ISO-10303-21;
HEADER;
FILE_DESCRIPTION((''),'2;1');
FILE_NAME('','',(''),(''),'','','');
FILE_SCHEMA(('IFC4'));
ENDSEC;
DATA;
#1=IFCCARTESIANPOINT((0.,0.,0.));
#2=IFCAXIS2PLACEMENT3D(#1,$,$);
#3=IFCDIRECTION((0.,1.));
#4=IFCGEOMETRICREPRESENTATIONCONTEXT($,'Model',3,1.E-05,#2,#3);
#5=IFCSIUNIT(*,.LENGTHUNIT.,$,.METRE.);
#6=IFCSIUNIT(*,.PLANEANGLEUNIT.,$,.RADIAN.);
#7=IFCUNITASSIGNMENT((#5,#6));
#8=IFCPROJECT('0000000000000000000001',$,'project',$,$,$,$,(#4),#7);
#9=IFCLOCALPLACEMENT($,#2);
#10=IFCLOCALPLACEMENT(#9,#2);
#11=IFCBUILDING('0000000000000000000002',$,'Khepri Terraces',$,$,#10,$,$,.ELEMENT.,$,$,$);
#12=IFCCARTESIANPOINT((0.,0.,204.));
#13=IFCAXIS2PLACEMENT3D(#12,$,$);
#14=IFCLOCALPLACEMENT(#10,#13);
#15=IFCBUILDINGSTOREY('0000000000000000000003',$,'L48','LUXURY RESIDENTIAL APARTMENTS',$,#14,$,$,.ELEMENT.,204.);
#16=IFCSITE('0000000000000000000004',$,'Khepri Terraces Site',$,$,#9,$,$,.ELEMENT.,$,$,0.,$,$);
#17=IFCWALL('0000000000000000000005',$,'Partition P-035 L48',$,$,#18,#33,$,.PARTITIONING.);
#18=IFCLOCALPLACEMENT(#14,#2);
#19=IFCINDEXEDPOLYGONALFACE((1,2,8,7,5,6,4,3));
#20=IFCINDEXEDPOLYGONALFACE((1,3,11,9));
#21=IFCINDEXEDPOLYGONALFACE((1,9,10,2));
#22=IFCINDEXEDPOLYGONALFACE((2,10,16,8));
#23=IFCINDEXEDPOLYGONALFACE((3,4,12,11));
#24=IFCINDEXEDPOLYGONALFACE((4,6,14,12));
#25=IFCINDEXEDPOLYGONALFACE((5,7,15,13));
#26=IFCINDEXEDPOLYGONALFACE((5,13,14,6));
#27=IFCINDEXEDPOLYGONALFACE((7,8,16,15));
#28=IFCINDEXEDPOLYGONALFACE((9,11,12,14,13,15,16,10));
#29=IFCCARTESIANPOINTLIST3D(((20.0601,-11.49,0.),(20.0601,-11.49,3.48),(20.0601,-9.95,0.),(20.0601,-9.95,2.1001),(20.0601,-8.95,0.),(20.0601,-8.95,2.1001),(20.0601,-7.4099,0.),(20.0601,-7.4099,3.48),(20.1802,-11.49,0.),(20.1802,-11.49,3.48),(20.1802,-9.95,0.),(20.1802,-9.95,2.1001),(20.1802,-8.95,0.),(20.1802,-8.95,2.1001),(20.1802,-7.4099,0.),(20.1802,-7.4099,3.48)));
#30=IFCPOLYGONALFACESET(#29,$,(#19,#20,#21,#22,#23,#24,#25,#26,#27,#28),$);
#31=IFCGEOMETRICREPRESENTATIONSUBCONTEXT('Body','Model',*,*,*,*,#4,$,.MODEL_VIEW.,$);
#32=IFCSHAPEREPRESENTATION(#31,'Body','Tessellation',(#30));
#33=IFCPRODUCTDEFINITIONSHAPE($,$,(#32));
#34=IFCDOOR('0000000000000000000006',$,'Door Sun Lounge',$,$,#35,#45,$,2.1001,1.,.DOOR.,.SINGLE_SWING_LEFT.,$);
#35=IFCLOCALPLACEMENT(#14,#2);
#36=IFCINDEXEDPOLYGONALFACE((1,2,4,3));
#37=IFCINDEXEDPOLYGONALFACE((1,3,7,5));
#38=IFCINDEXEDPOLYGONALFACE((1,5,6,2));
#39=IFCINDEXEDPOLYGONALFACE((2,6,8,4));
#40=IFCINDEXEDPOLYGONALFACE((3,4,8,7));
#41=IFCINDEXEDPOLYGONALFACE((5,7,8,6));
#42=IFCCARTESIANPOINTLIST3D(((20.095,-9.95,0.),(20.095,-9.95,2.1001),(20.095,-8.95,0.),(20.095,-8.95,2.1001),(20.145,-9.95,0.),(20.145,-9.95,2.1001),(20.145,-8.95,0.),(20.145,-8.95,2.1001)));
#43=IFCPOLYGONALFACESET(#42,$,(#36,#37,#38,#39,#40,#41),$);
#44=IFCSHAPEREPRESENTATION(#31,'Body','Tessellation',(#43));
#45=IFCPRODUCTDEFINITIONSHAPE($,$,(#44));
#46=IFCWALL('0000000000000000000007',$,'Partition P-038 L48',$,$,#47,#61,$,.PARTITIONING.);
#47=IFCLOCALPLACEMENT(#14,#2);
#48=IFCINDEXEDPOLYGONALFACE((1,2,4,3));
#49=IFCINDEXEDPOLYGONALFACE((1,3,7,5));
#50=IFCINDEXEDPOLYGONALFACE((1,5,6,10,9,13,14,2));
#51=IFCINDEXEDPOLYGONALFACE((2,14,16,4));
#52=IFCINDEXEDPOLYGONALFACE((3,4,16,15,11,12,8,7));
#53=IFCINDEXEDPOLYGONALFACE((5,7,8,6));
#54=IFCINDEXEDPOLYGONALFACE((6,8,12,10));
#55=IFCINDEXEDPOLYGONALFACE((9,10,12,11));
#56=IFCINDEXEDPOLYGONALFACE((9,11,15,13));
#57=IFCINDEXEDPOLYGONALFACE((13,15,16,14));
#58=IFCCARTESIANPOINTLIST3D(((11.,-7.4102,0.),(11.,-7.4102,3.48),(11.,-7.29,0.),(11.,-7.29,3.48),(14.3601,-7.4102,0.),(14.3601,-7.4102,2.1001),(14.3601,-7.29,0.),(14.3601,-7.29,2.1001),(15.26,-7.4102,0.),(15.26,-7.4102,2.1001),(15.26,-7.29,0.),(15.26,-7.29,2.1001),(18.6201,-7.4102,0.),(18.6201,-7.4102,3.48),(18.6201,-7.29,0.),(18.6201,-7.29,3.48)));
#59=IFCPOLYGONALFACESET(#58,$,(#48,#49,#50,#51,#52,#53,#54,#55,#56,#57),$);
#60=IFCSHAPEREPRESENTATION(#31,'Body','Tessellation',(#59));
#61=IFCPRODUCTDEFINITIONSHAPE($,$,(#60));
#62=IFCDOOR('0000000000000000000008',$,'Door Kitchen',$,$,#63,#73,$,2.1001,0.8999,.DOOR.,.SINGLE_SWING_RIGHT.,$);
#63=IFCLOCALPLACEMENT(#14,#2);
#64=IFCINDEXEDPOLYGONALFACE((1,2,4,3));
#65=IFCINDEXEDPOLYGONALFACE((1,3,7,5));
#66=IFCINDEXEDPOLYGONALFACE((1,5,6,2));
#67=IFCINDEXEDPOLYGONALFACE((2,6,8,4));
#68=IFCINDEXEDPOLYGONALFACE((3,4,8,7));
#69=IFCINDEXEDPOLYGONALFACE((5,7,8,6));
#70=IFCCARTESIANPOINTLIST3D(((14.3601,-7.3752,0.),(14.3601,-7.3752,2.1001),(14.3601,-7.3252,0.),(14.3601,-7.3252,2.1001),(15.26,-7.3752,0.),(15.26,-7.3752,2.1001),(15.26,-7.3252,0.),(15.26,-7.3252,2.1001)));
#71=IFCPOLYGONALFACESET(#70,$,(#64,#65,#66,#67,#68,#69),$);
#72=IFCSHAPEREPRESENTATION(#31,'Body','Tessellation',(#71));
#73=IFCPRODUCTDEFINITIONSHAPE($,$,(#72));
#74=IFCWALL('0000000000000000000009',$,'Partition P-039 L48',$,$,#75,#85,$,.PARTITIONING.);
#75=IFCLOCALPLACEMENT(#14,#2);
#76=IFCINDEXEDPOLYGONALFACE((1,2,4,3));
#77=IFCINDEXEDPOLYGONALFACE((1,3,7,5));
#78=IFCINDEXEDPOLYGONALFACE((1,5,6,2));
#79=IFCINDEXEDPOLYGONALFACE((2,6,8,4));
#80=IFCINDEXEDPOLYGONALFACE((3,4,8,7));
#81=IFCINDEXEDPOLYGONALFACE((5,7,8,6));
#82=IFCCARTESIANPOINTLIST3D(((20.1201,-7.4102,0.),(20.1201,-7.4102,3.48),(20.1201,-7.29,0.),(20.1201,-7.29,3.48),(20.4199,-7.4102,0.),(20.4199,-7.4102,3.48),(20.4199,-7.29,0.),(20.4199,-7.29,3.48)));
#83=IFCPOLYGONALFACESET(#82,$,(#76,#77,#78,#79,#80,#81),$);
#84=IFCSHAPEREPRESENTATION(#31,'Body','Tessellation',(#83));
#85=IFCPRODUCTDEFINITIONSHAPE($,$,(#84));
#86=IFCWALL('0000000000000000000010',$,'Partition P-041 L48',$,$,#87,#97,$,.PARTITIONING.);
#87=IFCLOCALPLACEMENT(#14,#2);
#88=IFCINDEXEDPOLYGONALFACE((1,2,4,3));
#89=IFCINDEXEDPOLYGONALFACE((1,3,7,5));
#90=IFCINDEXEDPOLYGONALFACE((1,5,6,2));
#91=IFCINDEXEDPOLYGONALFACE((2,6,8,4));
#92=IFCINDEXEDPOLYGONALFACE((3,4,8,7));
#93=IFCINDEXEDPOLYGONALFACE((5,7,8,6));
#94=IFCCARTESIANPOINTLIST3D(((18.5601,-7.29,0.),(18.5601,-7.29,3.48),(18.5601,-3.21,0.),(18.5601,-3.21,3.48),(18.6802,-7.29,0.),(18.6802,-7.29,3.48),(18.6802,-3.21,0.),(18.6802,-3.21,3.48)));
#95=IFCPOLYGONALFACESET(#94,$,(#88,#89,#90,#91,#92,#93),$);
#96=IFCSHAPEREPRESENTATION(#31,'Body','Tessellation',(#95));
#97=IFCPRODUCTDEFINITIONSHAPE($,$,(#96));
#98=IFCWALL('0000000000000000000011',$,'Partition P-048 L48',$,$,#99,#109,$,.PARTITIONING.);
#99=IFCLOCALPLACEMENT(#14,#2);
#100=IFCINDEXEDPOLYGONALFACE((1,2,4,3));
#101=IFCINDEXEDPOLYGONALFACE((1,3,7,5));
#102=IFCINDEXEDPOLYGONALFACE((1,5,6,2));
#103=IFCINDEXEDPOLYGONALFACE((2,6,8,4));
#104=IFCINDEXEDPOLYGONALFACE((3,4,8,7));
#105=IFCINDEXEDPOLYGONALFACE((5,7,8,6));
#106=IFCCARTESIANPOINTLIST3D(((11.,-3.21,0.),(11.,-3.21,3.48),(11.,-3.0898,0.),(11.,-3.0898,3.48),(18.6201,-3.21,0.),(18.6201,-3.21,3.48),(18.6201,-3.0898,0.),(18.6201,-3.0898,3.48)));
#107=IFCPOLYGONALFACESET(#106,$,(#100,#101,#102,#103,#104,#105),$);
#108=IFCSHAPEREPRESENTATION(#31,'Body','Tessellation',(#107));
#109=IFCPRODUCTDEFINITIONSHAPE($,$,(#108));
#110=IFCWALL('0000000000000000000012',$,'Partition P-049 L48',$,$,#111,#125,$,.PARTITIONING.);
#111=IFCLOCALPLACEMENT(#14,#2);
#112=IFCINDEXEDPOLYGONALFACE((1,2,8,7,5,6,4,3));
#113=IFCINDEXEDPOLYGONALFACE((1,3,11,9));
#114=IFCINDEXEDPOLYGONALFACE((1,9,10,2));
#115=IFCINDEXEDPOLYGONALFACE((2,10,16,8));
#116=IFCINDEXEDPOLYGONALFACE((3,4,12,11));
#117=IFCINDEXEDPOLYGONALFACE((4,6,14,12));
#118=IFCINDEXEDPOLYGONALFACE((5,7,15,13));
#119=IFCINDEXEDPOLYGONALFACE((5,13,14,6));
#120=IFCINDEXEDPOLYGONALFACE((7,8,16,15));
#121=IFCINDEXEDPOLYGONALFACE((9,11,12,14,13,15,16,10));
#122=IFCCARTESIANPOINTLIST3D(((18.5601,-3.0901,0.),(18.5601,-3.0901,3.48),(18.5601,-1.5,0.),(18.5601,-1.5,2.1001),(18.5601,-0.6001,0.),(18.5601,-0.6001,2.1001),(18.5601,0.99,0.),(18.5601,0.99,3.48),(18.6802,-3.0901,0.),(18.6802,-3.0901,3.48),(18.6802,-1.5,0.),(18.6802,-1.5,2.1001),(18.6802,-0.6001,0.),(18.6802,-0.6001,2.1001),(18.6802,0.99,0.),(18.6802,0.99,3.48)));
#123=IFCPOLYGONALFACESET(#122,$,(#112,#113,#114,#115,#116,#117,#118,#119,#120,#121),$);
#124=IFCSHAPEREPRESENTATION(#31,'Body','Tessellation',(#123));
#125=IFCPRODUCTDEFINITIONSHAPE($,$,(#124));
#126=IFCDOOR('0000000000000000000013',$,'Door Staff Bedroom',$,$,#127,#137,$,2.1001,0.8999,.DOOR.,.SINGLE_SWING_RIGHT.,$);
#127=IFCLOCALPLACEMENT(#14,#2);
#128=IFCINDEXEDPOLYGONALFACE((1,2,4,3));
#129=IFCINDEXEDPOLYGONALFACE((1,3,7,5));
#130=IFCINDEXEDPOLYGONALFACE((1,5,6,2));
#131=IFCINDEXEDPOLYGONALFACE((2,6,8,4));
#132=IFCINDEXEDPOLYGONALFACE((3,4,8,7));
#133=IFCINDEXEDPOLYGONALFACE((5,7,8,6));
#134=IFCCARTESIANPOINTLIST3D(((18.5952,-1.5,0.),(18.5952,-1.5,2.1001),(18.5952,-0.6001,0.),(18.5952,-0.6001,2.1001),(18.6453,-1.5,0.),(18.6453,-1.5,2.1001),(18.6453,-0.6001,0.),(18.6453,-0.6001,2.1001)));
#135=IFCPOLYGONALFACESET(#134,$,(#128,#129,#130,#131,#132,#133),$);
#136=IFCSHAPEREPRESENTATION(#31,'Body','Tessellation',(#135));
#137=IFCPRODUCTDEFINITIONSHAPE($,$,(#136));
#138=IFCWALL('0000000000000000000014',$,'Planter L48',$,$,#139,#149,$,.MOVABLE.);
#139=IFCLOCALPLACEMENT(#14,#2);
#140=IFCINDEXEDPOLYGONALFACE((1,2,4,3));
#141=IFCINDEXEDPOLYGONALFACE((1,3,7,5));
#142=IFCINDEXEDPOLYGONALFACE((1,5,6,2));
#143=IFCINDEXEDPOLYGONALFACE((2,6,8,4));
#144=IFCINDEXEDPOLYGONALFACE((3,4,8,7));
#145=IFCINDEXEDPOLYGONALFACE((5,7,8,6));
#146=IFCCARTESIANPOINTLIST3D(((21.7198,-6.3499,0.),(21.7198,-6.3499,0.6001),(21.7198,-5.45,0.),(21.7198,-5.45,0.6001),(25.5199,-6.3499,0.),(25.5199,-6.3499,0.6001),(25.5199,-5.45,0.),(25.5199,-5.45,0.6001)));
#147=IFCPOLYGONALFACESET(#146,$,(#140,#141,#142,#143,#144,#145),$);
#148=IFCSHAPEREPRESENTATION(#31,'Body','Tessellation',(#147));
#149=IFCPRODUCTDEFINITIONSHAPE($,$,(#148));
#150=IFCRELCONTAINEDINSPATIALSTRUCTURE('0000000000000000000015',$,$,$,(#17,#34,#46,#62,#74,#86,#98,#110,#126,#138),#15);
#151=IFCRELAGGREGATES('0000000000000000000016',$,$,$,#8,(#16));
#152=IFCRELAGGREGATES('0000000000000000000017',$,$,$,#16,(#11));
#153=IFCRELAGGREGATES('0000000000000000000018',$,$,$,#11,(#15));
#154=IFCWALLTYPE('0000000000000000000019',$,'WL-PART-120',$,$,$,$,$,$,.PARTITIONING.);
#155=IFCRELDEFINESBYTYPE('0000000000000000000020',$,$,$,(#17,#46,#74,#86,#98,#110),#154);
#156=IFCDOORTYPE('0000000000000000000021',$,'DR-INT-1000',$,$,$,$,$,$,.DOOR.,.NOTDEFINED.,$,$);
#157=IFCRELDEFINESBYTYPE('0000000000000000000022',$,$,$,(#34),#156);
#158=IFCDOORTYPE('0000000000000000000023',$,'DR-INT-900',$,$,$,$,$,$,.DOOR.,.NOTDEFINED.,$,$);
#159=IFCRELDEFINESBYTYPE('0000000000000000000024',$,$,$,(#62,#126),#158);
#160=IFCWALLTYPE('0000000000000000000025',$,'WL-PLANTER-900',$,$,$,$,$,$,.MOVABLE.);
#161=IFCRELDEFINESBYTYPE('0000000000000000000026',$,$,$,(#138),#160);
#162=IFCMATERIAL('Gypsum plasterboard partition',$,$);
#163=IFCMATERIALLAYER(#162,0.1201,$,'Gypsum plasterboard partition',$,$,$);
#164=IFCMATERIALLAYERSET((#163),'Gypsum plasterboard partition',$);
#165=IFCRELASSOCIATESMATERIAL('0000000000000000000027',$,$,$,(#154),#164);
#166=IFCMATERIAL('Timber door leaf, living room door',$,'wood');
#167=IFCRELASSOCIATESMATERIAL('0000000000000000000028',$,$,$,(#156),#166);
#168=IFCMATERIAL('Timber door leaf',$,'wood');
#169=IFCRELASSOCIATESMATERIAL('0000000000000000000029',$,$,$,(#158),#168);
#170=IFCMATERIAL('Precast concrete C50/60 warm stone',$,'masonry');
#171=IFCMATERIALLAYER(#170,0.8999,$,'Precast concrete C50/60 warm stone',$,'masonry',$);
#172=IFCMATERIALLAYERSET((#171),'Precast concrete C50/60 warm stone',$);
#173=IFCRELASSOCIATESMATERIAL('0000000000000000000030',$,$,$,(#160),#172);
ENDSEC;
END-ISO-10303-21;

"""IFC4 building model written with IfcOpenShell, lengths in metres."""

from ifc_helpers import new_model, si_unit, direction, frame, frame_2d, origin, place, context, subcontext, project, spatial, rectangle, extrude, material, layer, layer_set, type_object, element, fill, save


model = new_model("IFC4")

# Units and contexts
model_context = context("Model", 3, precision=1e-05, world=origin(), true_north=direction((0.0, 1.0)))
body_context = subcontext(model_context, "Body", "Model", "MODEL_VIEW")
ifc_project = project(units=[si_unit("LENGTHUNIT", "METRE"), si_unit("PLANEANGLEUNIT", "RADIAN")], contexts=[model_context])

# Site, building, storey
site_placement = place(None, origin())
site = spatial("IfcSite", under=ifc_project, at=site_placement, Name="Khepri Terraces Site", CompositionType="ELEMENT", RefElevation=0.0)
building_placement = place(site_placement, origin())
building = spatial("IfcBuilding", under=site, at=building_placement, Name="Khepri Terraces", CompositionType="ELEMENT")
storey_placement = place(building_placement, frame((0.0, 0.0, 204.0)))
storey = spatial("IfcBuildingStorey", under=building, at=storey_placement, Name="L48", Description="LUXURY RESIDENTIAL APARTMENTS", CompositionType="ELEMENT", Elevation=204.0)

# Shared definitions
ifc_material_1 = material(Name="Precast concrete C50/60 warm stone", Category="masonry")

# Shared definitions
ifc_material_2 = material(Name="Gypsum plasterboard partition")
ifc_layer_1 = layer(ifc_material_2, 0.1201, Name="Gypsum plasterboard partition")
ifc_layer_set_1 = layer_set([ifc_layer_1], Name="Gypsum plasterboard partition")
wall_type_1 = type_object("IfcWallType", Name="WL-PART-120", PredefinedType="PARTITIONING", material=ifc_layer_set_1)
ifc_material_3 = material(Name="Timber door leaf, living room door", Category="wood")
door_type_1 = type_object("IfcDoorType", Name="DR-INT-1000", OperationType="NOTDEFINED", PredefinedType="DOOR", material=ifc_material_3)

# Walls, openings, doors
wall_1_placement = place(storey_placement, frame((20.1201, -11.49, 0.0), z_axis=(0.0, 0.0, 1.0), x_axis=(0.0, 1.0, 0.0)))
wall_1 = element("IfcWall", 1, at=wall_1_placement, inside=storey, type_object=wall_type_1, Name="Partition P-035 L48", PredefinedType="PARTITIONING", context=body_context, shape_type="SweptSolid", body=[
    extrude(rectangle(XDim=4.0801, YDim=0.1201, at=frame_2d((2.04, 0.0))), origin(), (0.0, 0.0, 1.0), 3.48),
])
opening_1_placement = place(wall_1_placement, frame((1.54, 0.0, 0.0)))
opening_1 = element("IfcOpeningElement", 2, at=opening_1_placement, cuts=wall_1, PredefinedType="OPENING", context=body_context, shape_type="SweptSolid", body=[
    extrude(rectangle(XDim=1.0, YDim=2.1001, at=frame_2d((0.5, 1.05))), frame((0.0, 0.0701, 0.0), z_axis=(0.0, -1.0, 0.0), x_axis=(1.0, 0.0, 0.0)), (0.0, 0.0, 1.0), 0.1401),
])
door_1_placement = place(opening_1_placement, frame((1.0, 0.0, 0.0), z_axis=(0.0, 0.0, 1.0), x_axis=(-1.0, 0.0, 0.0)))
door_1 = element("IfcDoor", 3, at=door_1_placement, inside=storey, type_object=door_type_1, Name="Door Sun Lounge", OperationType="SINGLE_SWING_LEFT", OverallHeight=2.1001, OverallWidth=1.0, PredefinedType="DOOR", context=body_context, shape_type="SweptSolid", body=[
    extrude(rectangle(XDim=1.0, YDim=2.1001, at=frame_2d((0.5, 1.05))), frame((0.0, 0.0249, 0.0), z_axis=(0.0, -1.0, 0.0), x_axis=(1.0, 0.0, 0.0)), (0.0, 0.0, 1.0), 0.05),
])
fill(opening_1, door_1)
wall_2_placement = place(storey_placement, frame((11.0, -7.3501, 0.0), z_axis=(0.0, 0.0, 1.0), x_axis=(1.0, 0.0, 0.0)))
wall_2 = element("IfcWall", 4, at=wall_2_placement, inside=storey, type_object=wall_type_1, Name="Partition P-038 L48", PredefinedType="PARTITIONING", context=body_context, shape_type="SweptSolid", body=[
    extrude(rectangle(XDim=7.6201, YDim=0.1201, at=frame_2d((3.8101, 0.0))), origin(), (0.0, 0.0, 1.0), 3.48),
])
opening_2_placement = place(wall_2_placement, frame((3.3601, 0.0, 0.0)))
opening_2 = element("IfcOpeningElement", 5, at=opening_2_placement, cuts=wall_2, PredefinedType="OPENING", context=body_context, shape_type="SweptSolid", body=[
    extrude(rectangle(XDim=0.8999, YDim=2.1001, at=frame_2d((0.45, 1.05))), frame((0.0, 0.0701, 0.0), z_axis=(0.0, -1.0, 0.0), x_axis=(1.0, 0.0, 0.0)), (0.0, 0.0, 1.0), 0.1401),
])
ifc_material_4 = material(Name="Timber door leaf", Category="wood")
door_type_2 = type_object("IfcDoorType", Name="DR-INT-900", OperationType="NOTDEFINED", PredefinedType="DOOR", material=ifc_material_4)
door_2_placement = place(opening_2_placement, origin())
door_2 = element("IfcDoor", 6, at=door_2_placement, inside=storey, type_object=door_type_2, Name="Door Kitchen", OperationType="SINGLE_SWING_RIGHT", OverallHeight=2.1001, OverallWidth=0.8999, PredefinedType="DOOR", context=body_context, shape_type="SweptSolid", body=[
    extrude(rectangle(XDim=0.8999, YDim=2.1001, at=frame_2d((0.45, 1.05))), frame((0.0, 0.0249, 0.0), z_axis=(0.0, -1.0, 0.0), x_axis=(1.0, 0.0, 0.0)), (0.0, 0.0, 1.0), 0.05),
])
fill(opening_2, door_2)

# Walls
wall_3_placement = place(storey_placement, frame((20.1201, -7.3501, 0.0), z_axis=(0.0, 0.0, 1.0), x_axis=(1.0, 0.0, 0.0)))
element("IfcWall", 7, at=wall_3_placement, inside=storey, type_object=wall_type_1, Name="Partition P-039 L48", PredefinedType="PARTITIONING", context=body_context, shape_type="SweptSolid", body=[
    extrude(rectangle(XDim=0.2998, YDim=0.1201, at=frame_2d((0.1499, 0.0))), origin(), (0.0, 0.0, 1.0), 3.48),
])
wall_4_placement = place(storey_placement, frame((18.6201, -7.29, 0.0), z_axis=(0.0, 0.0, 1.0), x_axis=(0.0, 1.0, 0.0)))
element("IfcWall", 8, at=wall_4_placement, inside=storey, type_object=wall_type_1, Name="Partition P-041 L48", PredefinedType="PARTITIONING", context=body_context, shape_type="SweptSolid", body=[
    extrude(rectangle(XDim=4.0801, YDim=0.1201, at=frame_2d((2.04, 0.0))), origin(), (0.0, 0.0, 1.0), 3.48),
])
wall_5_placement = place(storey_placement, frame((11.0, -3.1499, 0.0), z_axis=(0.0, 0.0, 1.0), x_axis=(1.0, 0.0, 0.0)))
element("IfcWall", 9, at=wall_5_placement, inside=storey, type_object=wall_type_1, Name="Partition P-048 L48", PredefinedType="PARTITIONING", context=body_context, shape_type="SweptSolid", body=[
    extrude(rectangle(XDim=7.6201, YDim=0.1201, at=frame_2d((3.8101, 0.0))), origin(), (0.0, 0.0, 1.0), 3.48),
])

# Wall, opening, door
wall_6_placement = place(storey_placement, frame((18.6201, -3.0901, 0.0), z_axis=(0.0, 0.0, 1.0), x_axis=(0.0, 1.0, 0.0)))
wall_6 = element("IfcWall", 10, at=wall_6_placement, inside=storey, type_object=wall_type_1, Name="Partition P-049 L48", PredefinedType="PARTITIONING", context=body_context, shape_type="SweptSolid", body=[
    extrude(rectangle(XDim=4.0801, YDim=0.1201, at=frame_2d((2.04, 0.0))), origin(), (0.0, 0.0, 1.0), 3.48),
])
opening_3_placement = place(wall_6_placement, frame((1.5901, 0.0, 0.0)))
opening_3 = element("IfcOpeningElement", 11, at=opening_3_placement, cuts=wall_6, PredefinedType="OPENING", context=body_context, shape_type="SweptSolid", body=[
    extrude(rectangle(XDim=0.8999, YDim=2.1001, at=frame_2d((0.45, 1.05))), frame((0.0, 0.0701, 0.0), z_axis=(0.0, -1.0, 0.0), x_axis=(1.0, 0.0, 0.0)), (0.0, 0.0, 1.0), 0.1401),
])
door_3_placement = place(opening_3_placement, origin())
door_3 = element("IfcDoor", 12, at=door_3_placement, inside=storey, type_object=door_type_2, Name="Door Staff Bedroom", OperationType="SINGLE_SWING_RIGHT", OverallHeight=2.1001, OverallWidth=0.8999, PredefinedType="DOOR", context=body_context, shape_type="SweptSolid", body=[
    extrude(rectangle(XDim=0.8999, YDim=2.1001, at=frame_2d((0.45, 1.05))), frame((0.0, 0.0249, 0.0), z_axis=(0.0, -1.0, 0.0), x_axis=(1.0, 0.0, 0.0)), (0.0, 0.0, 1.0), 0.05),
])
fill(opening_3, door_3)

# Wall
ifc_layer_2 = layer(ifc_material_1, 0.8999, Name="Precast concrete C50/60 warm stone", Category="masonry")
ifc_layer_set_2 = layer_set([ifc_layer_2], Name="Precast concrete C50/60 warm stone")
wall_type_2 = type_object("IfcWallType", Name="WL-PLANTER-900", PredefinedType="MOVABLE", material=ifc_layer_set_2)
wall_7_placement = place(storey_placement, frame((21.72, -5.8999, 0.0), z_axis=(0.0, 0.0, 1.0), x_axis=(1.0, 0.0, 0.0)))
element("IfcWall", 13, at=wall_7_placement, inside=storey, type_object=wall_type_2, Name="Planter L48", PredefinedType="MOVABLE", context=body_context, shape_type="SweptSolid", body=[
    extrude(rectangle(XDim=3.8, YDim=0.8999, at=frame_2d((1.8999, 0.0))), origin(), (0.0, 0.0, 1.0), 0.6001),
])

save(model, "model.ifc")
